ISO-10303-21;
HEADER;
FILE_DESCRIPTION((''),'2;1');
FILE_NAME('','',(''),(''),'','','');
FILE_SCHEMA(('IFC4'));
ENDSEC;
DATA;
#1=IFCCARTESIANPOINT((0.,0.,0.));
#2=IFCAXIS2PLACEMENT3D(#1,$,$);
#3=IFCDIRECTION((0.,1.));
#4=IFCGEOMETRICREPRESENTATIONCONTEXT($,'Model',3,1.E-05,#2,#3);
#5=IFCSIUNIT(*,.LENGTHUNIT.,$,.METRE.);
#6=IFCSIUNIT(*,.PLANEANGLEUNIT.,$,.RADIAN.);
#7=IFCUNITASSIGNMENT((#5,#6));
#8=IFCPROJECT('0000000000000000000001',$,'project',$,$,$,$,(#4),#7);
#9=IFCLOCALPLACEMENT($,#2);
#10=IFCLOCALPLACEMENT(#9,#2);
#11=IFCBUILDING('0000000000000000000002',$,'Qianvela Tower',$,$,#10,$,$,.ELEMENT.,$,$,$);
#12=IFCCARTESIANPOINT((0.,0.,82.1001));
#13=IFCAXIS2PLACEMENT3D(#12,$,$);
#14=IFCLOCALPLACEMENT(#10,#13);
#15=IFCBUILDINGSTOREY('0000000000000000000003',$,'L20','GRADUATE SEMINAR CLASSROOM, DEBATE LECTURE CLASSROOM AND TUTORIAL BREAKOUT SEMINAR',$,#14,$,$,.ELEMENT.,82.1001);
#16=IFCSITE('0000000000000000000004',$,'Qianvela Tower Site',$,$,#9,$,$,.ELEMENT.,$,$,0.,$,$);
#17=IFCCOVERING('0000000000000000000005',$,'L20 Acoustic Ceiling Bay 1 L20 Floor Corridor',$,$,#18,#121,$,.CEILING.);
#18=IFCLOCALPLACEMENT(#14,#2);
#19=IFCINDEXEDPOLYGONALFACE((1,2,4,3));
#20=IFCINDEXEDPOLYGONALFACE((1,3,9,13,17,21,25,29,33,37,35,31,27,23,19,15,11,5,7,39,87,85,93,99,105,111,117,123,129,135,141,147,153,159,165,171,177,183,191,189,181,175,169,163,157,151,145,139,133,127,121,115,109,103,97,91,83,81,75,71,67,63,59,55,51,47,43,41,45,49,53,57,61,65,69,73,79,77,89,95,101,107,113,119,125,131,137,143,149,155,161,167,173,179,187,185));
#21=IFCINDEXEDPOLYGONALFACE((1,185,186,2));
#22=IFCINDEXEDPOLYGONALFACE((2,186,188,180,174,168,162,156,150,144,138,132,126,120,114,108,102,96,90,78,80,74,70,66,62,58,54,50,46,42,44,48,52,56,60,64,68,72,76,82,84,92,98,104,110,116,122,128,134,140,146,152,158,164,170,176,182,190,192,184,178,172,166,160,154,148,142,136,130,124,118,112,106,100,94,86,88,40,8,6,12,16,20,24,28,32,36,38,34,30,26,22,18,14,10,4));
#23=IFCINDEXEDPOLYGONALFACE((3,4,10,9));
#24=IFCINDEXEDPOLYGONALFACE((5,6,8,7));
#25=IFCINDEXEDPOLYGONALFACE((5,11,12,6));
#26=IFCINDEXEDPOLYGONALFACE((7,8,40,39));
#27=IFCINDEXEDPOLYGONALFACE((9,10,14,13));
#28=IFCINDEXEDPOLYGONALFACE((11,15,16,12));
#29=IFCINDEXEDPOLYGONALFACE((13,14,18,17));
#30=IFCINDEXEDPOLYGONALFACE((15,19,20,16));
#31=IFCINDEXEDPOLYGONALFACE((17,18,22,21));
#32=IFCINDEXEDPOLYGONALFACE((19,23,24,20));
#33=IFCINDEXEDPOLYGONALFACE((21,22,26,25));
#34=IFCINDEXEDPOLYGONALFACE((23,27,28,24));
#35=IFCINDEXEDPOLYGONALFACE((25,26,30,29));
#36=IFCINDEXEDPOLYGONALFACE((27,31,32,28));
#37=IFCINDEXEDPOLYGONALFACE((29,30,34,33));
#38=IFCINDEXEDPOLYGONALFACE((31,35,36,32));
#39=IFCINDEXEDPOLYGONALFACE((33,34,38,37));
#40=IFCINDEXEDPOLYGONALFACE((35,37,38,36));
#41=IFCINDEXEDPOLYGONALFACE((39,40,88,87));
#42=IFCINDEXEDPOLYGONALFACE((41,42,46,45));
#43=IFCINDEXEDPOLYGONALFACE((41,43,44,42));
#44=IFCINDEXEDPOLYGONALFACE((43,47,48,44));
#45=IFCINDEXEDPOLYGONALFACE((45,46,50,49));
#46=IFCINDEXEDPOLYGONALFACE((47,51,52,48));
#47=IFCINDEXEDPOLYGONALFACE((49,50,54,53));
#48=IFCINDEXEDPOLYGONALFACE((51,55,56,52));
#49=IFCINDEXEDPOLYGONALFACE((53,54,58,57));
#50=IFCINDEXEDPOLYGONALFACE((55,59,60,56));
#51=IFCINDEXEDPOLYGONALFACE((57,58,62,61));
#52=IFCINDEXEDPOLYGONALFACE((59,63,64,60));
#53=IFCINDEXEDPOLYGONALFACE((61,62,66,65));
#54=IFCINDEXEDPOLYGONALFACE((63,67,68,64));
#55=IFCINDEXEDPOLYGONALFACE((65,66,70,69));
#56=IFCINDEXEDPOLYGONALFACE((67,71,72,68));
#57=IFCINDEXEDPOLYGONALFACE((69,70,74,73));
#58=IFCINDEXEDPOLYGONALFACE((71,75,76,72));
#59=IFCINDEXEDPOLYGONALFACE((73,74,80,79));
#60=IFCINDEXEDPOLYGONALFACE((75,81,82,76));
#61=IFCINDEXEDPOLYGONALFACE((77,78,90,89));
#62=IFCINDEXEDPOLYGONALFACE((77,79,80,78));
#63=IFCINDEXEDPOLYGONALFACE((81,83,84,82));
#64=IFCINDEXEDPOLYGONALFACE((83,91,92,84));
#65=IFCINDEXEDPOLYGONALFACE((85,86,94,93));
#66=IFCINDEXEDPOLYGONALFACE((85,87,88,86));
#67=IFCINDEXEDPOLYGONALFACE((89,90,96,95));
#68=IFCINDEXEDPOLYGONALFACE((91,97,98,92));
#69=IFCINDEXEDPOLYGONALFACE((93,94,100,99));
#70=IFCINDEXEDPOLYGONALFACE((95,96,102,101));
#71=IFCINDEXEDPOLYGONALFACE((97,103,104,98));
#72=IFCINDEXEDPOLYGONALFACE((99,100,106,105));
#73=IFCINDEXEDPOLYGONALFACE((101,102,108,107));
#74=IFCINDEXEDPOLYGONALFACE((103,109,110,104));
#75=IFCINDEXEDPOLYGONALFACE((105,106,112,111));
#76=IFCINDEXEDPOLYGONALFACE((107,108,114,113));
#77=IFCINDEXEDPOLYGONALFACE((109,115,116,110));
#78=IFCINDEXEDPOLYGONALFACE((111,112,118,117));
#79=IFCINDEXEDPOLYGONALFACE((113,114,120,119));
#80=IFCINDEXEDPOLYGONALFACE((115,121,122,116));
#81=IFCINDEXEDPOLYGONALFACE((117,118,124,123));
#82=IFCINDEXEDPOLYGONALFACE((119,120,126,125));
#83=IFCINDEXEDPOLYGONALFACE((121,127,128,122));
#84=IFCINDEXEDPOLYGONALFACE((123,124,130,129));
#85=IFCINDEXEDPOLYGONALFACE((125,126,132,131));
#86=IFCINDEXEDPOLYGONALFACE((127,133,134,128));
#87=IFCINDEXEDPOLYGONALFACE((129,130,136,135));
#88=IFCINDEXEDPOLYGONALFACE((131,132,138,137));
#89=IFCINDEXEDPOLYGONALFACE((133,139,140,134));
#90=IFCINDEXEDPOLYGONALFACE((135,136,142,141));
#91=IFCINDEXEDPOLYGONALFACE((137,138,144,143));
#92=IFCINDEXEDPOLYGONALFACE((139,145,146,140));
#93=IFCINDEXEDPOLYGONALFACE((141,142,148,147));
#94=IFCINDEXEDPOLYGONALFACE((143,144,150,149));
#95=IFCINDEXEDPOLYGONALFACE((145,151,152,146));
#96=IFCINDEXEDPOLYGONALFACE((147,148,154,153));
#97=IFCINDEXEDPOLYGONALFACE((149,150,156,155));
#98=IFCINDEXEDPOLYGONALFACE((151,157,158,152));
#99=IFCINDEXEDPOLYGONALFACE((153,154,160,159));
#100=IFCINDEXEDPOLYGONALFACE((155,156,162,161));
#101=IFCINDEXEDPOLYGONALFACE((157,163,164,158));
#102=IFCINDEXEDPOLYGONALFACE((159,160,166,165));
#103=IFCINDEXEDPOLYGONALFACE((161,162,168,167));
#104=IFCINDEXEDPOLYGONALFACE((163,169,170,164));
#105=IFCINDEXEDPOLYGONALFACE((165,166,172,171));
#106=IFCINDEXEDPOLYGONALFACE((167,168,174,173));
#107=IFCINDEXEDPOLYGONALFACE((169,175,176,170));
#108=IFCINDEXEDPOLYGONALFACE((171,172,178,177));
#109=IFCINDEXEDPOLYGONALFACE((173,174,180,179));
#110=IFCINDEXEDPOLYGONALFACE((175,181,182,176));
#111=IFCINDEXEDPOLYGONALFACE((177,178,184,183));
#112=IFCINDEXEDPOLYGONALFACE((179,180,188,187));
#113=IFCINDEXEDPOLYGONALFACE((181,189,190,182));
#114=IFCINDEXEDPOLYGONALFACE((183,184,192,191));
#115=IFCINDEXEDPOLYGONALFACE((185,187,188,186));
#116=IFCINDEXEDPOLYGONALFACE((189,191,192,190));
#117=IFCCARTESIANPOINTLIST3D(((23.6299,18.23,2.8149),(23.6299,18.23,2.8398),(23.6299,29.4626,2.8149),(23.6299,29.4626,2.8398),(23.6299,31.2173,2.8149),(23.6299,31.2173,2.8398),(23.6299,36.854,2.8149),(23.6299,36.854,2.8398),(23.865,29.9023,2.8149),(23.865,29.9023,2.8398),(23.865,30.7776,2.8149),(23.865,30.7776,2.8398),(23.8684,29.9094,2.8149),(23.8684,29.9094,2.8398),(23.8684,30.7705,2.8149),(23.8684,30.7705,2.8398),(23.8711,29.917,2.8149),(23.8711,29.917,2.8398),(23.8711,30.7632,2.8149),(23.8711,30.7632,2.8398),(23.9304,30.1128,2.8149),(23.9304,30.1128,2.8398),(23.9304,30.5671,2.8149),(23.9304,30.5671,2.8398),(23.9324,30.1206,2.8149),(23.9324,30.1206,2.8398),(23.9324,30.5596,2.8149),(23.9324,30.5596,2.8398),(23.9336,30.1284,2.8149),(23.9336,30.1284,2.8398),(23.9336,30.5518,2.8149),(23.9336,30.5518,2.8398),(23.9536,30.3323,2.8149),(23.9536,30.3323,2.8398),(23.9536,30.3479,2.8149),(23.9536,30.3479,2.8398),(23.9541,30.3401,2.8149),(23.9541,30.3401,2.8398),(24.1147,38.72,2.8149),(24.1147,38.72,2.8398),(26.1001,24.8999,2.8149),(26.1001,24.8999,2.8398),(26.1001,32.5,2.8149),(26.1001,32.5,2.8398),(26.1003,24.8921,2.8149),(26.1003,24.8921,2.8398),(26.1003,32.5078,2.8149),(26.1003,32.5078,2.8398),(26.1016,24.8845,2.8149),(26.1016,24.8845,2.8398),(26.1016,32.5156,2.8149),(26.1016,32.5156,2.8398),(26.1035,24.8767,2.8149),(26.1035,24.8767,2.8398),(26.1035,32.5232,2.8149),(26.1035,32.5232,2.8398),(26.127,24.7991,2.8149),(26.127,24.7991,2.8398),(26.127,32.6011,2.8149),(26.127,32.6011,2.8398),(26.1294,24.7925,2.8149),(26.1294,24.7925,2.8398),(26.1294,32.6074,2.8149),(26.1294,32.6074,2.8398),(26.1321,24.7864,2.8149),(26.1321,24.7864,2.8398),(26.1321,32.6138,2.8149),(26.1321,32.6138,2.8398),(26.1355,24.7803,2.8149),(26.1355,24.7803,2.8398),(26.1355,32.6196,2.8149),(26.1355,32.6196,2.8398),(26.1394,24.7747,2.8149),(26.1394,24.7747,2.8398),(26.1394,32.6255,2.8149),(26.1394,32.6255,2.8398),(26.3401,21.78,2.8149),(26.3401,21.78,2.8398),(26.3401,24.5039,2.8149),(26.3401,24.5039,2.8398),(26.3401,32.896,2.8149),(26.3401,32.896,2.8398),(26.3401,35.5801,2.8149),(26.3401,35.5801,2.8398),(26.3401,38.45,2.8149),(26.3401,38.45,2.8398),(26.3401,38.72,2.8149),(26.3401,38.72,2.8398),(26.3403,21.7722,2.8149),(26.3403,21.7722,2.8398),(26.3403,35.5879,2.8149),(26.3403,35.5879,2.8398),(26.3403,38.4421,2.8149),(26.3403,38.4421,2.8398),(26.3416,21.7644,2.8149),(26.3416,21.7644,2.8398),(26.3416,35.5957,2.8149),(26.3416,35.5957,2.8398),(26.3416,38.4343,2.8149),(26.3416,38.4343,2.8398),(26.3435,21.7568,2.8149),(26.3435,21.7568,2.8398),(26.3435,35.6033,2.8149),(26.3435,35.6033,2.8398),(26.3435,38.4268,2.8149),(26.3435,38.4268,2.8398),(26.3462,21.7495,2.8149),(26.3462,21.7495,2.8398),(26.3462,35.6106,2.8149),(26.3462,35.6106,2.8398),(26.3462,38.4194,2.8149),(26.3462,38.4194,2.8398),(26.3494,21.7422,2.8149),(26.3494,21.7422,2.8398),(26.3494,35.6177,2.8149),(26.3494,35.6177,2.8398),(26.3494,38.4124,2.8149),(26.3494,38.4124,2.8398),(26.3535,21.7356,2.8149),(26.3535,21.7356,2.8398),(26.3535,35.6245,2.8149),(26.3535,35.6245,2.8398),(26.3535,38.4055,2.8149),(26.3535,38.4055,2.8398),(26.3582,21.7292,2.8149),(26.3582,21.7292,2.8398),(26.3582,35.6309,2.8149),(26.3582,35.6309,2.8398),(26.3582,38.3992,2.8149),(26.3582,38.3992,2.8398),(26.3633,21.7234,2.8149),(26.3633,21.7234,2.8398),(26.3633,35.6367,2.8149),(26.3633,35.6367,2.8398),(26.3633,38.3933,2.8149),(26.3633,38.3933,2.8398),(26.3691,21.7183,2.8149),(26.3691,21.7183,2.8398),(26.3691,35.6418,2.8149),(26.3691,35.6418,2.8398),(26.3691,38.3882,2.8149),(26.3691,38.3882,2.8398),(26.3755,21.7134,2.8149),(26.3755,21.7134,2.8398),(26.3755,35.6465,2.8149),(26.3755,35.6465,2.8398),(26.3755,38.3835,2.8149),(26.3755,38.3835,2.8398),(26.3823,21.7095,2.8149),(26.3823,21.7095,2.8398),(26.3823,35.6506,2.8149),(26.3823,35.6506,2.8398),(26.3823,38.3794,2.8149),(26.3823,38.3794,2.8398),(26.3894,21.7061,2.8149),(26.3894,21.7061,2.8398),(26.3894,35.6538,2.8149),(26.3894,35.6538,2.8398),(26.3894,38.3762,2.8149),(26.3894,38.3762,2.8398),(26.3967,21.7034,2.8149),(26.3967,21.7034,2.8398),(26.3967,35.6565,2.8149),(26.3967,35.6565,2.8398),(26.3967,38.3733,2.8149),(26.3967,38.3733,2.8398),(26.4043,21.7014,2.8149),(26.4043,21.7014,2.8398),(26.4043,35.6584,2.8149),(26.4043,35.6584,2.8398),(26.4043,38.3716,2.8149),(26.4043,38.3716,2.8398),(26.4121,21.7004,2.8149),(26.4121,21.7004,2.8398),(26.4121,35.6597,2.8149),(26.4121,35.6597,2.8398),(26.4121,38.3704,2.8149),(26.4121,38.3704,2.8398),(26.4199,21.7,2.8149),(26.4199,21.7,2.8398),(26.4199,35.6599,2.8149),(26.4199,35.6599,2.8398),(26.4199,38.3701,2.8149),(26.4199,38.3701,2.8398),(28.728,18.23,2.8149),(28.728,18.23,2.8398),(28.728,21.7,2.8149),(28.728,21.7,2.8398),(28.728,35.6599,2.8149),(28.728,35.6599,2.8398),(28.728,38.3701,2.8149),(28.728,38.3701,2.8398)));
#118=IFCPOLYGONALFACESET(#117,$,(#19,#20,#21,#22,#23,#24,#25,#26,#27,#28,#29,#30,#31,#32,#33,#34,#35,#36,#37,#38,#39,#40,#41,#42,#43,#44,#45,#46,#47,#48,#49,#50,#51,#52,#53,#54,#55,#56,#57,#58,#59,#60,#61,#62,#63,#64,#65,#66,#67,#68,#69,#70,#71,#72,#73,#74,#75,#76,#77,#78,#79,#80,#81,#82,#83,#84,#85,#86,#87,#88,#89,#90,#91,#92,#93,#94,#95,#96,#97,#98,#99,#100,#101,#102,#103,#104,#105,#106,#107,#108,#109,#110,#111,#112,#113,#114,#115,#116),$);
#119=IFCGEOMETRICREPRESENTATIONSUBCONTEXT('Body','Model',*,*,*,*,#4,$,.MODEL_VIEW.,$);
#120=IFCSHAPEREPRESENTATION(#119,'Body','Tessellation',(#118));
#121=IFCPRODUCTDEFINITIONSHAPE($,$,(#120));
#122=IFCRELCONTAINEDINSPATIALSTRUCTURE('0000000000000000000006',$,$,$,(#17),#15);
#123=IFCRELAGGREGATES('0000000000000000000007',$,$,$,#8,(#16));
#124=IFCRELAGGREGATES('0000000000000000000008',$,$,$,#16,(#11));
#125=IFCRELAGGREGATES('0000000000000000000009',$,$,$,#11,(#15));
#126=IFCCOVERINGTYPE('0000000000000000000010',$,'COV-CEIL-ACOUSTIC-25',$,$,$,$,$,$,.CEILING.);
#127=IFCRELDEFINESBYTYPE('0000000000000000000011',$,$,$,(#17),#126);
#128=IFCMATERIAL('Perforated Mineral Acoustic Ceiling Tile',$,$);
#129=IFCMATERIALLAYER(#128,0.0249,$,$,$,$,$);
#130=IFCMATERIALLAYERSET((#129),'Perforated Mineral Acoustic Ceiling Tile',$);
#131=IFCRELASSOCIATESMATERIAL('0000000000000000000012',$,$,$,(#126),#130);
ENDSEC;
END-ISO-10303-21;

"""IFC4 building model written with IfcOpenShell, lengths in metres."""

from ifc_helpers import new_model, si_unit, direction, frame, origin, place, context, subcontext, project, spatial, polyline, outline, extrude, material, layer, layer_set, type_object, element, save


model = new_model("IFC4")

# Units and contexts
model_context = context("Model", 3, precision=1e-05, world=origin(), true_north=direction((0.0, 1.0)))
body_context = subcontext(model_context, "Body", "Model", "MODEL_VIEW")
ifc_project = project(units=[si_unit("LENGTHUNIT", "METRE"), si_unit("PLANEANGLEUNIT", "RADIAN")], contexts=[model_context])

# Site, building, storey
site_placement = place(None, origin())
site = spatial("IfcSite", under=ifc_project, at=site_placement, Name="Qianvela Tower Site", CompositionType="ELEMENT", RefElevation=0.0)
building_placement = place(site_placement, origin())
building = spatial("IfcBuilding", under=site, at=building_placement, Name="Qianvela Tower", CompositionType="ELEMENT")
storey_placement = place(building_placement, frame((0.0, 0.0, 82.1001)))
storey = spatial("IfcBuildingStorey", under=building, at=storey_placement, Name="L20", Description="GRADUATE SEMINAR CLASSROOM, DEBATE LECTURE CLASSROOM AND TUTORIAL BREAKOUT SEMINAR", CompositionType="ELEMENT", Elevation=82.1001)

# Covering
ifc_material_1 = material(Name="Perforated Mineral Acoustic Ceiling Tile")
ifc_layer_1 = layer(ifc_material_1, 0.0249)
ifc_layer_set_1 = layer_set([ifc_layer_1], Name="Perforated Mineral Acoustic Ceiling Tile")
covering_type_1 = type_object("IfcCoveringType", Name="COV-CEIL-ACOUSTIC-25", PredefinedType="CEILING", material=ifc_layer_set_1)
covering_1_placement = place(storey_placement, frame((0.0, 0.0, 2.8149)))
element("IfcCovering", 1, at=covering_1_placement, inside=storey, type_object=covering_type_1, Name="L20 Acoustic Ceiling Bay 1 L20 Floor Corridor", PredefinedType="CEILING", context=body_context, shape_type="SweptSolid", body=[
    extrude(outline(polyline([(23.8684, 30.7705), (23.865, 30.7776), (23.6299, 31.2173), (23.6299, 36.854), (24.1147, 38.72), (26.3401, 38.72), (26.3401, 38.45), (26.3403, 38.4421), (26.3416, 38.4343), (26.3435, 38.4268), (26.3462, 38.4194), (26.3494, 38.4124), (26.3535, 38.4055), (26.3582, 38.3992), (26.3633, 38.3933), (26.3691, 38.3882), (26.3755, 38.3835), (26.3823, 38.3794), (26.3894, 38.3762), (26.3967, 38.3733), (26.4043, 38.3716), (26.4121, 38.3704), (26.4199, 38.3701), (28.728, 38.3701), (28.728, 35.6599), (26.4199, 35.6599), (26.4121, 35.6597), (26.4043, 35.6584), (26.3967, 35.6565), (26.3894, 35.6538), (26.3823, 35.6506), (26.3755, 35.6465), (26.3691, 35.6418), (26.3633, 35.6367), (26.3582, 35.6309), (26.3535, 35.6245), (26.3494, 35.6177), (26.3462, 35.6106), (26.3435, 35.6033), (26.3416, 35.5957), (26.3403, 35.5879), (26.3401, 35.5801), (26.3401, 32.896), (26.1394, 32.6255), (26.1355, 32.6196), (26.1321, 32.6138), (26.1294, 32.6074), (26.127, 32.6011), (26.1035, 32.5232), (26.1016, 32.5156), (26.1003, 32.5078), (26.1001, 32.5), (26.1001, 24.8999), (26.1003, 24.8921), (26.1016, 24.8845), (26.1035, 24.8767), (26.127, 24.7991), (26.1294, 24.7925), (26.1321, 24.7864), (26.1355, 24.7803), (26.1394, 24.7747), (26.3401, 24.5039), (26.3401, 21.78), (26.3403, 21.7722), (26.3416, 21.7644), (26.3435, 21.7568), (26.3462, 21.7495), (26.3494, 21.7422), (26.3535, 21.7356), (26.3582, 21.7292), (26.3633, 21.7234), (26.3691, 21.7183), (26.3755, 21.7134), (26.3823, 21.7095), (26.3894, 21.7061), (26.3967, 21.7034), (26.4043, 21.7014), (26.4121, 21.7004), (26.4199, 21.7), (28.728, 21.7), (28.728, 18.23), (23.6299, 18.23), (23.6299, 29.4626), (23.865, 29.9023), (23.8684, 29.9094), (23.8711, 29.917), (23.9304, 30.1128), (23.9324, 30.1206), (23.9336, 30.1284), (23.9536, 30.3323), (23.9541, 30.3401), (23.9536, 30.3479), (23.9336, 30.5518), (23.9324, 30.5596), (23.9304, 30.5671), (23.8711, 30.7632), (23.8684, 30.7705)])), origin(), (0.0, 0.0, 1.0), 0.0249),
])

save(model, "model.ifc")
